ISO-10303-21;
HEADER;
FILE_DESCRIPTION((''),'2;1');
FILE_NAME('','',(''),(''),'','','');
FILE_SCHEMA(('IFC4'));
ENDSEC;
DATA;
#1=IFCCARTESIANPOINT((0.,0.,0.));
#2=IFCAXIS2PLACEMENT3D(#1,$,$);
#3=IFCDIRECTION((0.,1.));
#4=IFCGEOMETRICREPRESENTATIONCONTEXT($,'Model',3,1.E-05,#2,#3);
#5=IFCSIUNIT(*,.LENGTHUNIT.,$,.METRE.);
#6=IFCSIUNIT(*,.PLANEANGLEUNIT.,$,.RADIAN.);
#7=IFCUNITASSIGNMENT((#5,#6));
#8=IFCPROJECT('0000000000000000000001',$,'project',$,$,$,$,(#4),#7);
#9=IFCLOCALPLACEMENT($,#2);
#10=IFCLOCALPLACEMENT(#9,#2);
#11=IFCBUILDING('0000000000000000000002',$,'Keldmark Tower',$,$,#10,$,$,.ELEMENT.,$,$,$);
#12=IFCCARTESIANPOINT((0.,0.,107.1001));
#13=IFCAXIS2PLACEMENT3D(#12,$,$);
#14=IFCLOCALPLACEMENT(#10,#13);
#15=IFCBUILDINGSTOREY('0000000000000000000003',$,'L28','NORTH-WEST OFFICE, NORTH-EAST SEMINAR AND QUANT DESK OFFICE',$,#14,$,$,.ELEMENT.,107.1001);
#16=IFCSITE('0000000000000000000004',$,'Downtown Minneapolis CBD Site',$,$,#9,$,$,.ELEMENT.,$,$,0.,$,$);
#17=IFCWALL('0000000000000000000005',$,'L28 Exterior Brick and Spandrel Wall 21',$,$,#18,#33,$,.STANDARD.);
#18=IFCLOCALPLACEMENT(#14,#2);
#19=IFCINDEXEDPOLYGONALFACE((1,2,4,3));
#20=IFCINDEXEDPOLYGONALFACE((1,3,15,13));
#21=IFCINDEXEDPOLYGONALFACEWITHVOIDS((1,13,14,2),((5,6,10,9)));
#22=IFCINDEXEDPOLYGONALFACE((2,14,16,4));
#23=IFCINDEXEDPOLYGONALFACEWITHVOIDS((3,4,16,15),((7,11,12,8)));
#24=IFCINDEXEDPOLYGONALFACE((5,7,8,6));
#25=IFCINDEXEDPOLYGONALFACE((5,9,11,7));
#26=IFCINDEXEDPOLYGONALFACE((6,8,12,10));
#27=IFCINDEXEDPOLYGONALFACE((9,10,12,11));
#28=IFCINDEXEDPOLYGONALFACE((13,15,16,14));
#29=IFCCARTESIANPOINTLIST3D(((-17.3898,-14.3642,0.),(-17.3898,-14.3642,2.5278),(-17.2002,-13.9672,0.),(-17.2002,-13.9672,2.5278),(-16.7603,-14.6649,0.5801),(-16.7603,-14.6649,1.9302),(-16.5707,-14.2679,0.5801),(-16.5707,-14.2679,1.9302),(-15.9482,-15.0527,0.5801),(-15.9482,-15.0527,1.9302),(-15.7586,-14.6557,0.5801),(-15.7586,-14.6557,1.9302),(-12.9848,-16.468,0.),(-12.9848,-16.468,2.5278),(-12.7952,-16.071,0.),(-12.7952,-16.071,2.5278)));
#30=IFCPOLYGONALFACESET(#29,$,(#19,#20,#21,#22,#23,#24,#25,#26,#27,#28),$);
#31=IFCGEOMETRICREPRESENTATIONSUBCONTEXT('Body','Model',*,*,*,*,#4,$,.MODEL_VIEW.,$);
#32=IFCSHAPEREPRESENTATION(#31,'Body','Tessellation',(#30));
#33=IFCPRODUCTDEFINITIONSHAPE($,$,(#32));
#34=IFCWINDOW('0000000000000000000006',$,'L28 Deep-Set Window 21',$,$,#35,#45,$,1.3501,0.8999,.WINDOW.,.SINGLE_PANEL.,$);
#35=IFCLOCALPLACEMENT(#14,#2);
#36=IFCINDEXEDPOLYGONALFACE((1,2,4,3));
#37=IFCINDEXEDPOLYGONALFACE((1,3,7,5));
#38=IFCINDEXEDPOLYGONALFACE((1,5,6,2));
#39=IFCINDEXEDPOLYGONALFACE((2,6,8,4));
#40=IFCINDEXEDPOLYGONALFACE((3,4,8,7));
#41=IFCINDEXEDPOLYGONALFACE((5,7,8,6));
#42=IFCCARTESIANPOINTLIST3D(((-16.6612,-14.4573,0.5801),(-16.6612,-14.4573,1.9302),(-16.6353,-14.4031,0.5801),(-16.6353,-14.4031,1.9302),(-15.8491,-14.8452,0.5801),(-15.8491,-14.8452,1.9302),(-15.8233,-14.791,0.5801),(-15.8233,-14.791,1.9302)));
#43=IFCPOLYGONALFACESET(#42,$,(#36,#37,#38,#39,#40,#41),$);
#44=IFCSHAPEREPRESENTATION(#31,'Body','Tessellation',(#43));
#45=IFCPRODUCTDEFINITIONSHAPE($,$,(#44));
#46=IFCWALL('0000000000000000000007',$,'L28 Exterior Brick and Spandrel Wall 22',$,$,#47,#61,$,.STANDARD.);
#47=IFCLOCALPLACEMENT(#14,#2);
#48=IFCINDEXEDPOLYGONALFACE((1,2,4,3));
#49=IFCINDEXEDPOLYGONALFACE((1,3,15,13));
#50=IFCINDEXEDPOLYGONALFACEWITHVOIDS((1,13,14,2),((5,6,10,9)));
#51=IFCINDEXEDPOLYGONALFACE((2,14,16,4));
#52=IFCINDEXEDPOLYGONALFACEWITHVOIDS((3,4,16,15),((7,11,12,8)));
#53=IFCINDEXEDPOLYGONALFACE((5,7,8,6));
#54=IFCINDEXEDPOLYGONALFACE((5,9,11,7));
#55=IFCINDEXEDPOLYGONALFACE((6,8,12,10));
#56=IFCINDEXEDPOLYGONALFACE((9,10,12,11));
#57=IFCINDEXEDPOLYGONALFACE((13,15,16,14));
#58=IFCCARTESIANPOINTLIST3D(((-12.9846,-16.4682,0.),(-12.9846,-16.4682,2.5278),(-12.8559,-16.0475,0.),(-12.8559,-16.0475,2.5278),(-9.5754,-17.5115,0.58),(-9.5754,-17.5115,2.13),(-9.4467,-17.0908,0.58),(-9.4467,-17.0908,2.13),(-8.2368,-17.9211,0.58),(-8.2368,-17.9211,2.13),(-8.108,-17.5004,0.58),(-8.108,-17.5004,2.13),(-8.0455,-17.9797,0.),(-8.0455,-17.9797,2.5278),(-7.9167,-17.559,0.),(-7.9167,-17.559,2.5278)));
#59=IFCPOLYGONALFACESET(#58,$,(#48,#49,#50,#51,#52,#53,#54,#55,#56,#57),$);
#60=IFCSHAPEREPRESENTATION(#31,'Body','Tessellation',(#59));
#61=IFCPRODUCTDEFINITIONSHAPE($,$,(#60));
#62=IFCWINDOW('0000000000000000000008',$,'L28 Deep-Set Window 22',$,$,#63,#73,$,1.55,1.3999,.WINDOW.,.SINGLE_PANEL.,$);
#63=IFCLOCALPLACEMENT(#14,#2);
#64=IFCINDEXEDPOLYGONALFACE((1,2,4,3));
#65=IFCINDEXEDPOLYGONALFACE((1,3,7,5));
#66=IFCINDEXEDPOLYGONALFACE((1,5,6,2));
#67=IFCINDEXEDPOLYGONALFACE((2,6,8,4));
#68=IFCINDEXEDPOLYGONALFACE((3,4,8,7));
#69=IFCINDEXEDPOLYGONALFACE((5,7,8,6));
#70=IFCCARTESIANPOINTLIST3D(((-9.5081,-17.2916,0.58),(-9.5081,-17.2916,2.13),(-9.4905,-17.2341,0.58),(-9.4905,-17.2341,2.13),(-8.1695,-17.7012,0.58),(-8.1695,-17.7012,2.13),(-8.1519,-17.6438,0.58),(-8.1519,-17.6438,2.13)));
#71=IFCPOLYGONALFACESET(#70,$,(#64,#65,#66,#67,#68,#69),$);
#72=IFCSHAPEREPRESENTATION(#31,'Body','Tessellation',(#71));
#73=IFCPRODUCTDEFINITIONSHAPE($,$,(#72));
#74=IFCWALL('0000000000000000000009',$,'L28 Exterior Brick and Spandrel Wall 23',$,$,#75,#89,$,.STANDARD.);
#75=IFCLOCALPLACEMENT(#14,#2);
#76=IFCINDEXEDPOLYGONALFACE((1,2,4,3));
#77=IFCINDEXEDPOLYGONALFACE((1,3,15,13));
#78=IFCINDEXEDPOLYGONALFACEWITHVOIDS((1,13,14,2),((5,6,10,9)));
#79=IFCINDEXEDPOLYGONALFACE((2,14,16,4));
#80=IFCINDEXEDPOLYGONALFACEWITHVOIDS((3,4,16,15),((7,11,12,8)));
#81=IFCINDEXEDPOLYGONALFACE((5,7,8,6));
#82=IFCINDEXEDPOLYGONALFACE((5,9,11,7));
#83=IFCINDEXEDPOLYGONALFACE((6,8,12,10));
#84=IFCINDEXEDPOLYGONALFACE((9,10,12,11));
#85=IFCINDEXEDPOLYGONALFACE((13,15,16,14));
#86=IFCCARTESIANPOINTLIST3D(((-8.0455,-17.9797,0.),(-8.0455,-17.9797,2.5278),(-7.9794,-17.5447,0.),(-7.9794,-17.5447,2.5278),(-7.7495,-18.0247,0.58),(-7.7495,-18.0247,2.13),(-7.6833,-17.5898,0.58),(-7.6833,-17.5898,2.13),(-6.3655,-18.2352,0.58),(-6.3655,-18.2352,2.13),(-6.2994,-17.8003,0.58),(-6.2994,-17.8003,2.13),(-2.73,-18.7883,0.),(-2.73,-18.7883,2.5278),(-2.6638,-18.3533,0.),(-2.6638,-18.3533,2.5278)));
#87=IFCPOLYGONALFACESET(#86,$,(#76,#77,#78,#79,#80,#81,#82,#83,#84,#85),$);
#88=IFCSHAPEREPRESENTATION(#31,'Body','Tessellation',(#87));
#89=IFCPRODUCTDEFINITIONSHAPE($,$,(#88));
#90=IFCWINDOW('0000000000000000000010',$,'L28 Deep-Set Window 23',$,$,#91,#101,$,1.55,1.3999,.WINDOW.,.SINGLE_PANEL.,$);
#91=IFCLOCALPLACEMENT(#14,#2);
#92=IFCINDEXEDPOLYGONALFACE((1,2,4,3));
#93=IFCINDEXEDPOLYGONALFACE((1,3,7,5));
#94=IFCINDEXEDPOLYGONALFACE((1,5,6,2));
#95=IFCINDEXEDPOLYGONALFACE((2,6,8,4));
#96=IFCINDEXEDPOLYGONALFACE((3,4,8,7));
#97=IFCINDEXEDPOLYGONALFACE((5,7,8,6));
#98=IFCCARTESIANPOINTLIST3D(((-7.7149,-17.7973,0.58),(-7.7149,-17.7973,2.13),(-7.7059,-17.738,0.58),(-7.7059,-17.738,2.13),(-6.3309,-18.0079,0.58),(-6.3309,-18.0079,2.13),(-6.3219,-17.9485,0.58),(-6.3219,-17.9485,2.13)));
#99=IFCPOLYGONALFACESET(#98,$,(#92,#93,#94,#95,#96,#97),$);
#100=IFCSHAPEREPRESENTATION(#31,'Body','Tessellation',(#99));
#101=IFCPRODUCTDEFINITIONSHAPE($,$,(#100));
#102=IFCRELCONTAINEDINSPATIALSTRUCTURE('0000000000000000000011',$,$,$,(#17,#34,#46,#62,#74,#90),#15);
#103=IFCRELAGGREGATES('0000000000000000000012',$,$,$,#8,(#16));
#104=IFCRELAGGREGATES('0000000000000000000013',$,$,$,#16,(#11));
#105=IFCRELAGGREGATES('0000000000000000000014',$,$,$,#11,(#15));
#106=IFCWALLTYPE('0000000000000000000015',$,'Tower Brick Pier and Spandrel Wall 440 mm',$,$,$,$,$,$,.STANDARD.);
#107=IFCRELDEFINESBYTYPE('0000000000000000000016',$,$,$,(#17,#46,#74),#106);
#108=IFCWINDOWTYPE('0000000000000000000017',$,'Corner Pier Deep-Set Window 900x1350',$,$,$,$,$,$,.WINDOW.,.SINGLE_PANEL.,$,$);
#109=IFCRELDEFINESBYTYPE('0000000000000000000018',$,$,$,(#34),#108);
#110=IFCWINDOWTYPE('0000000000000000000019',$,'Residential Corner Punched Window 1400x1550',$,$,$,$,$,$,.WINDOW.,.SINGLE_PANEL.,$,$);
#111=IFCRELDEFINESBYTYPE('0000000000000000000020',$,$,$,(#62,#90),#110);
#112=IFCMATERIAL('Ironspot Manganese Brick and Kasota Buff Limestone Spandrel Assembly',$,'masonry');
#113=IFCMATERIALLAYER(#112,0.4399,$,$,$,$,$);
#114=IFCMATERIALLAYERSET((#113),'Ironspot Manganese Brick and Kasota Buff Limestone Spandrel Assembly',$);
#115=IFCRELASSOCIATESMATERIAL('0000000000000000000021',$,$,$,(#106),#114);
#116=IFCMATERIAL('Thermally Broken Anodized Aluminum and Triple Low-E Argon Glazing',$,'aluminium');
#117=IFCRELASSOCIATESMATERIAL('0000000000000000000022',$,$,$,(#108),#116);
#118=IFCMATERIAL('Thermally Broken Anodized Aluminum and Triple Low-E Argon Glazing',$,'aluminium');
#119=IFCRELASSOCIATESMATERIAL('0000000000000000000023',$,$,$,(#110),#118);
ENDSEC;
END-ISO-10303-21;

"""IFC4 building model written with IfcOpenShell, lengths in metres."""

from ifc_helpers import new_model, si_unit, direction, frame, frame_2d, origin, place, context, subcontext, project, spatial, rectangle, extrude, material, layer, layer_set, type_object, element, fill, save


model = new_model("IFC4")

# Units and contexts
model_context = context("Model", 3, precision=1e-05, world=origin(), true_north=direction((0.0, 1.0)))
body_context = subcontext(model_context, "Body", "Model", "MODEL_VIEW")
ifc_project = project(units=[si_unit("LENGTHUNIT", "METRE"), si_unit("PLANEANGLEUNIT", "RADIAN")], contexts=[model_context])

# Site, building, storey
site_placement = place(None, origin())
site = spatial("IfcSite", under=ifc_project, at=site_placement, Name="Downtown Minneapolis CBD Site", CompositionType="ELEMENT", RefElevation=0.0)
building_placement = place(site_placement, origin())
building = spatial("IfcBuilding", under=site, at=building_placement, Name="Keldmark Tower", CompositionType="ELEMENT")
storey_placement = place(building_placement, frame((0.0, 0.0, 107.1001)))
storey = spatial("IfcBuildingStorey", under=building, at=storey_placement, Name="L28", Description="NORTH-WEST OFFICE, NORTH-EAST SEMINAR AND QUANT DESK OFFICE", CompositionType="ELEMENT", Elevation=107.1001)

# Walls, openings, windows
ifc_material_1 = material(Name="Ironspot Manganese Brick and Kasota Buff Limestone Spandrel Assembly", Category="masonry")
ifc_layer_1 = layer(ifc_material_1, 0.4399)
ifc_layer_set_1 = layer_set([ifc_layer_1], Name="Ironspot Manganese Brick and Kasota Buff Limestone Spandrel Assembly")
wall_type_1 = type_object("IfcWallType", Name="Tower Brick Pier and Spandrel Wall 440 mm", PredefinedType="STANDARD", material=ifc_layer_set_1)
wall_1_placement = place(storey_placement, frame((-12.8899, -16.2695, 0.0), z_axis=(0.0, 0.0, 1.0), x_axis=(-0.902373, 0.430956, 0.0)))
wall_1 = element("IfcWall", 1, at=wall_1_placement, inside=storey, type_object=wall_type_1, Name="L28 Exterior Brick and Spandrel Wall 21", PredefinedType="STANDARD", context=body_context, shape_type="SweptSolid", body=[
    extrude(rectangle(XDim=4.8816, YDim=0.4399, at=frame_2d((2.4409, 0.0))), origin(), (0.0, 0.0, 1.0), 2.5278),
])
opening_1_placement = place(wall_1_placement, frame((3.2842, 0.0, 0.5801)))
opening_1 = element("IfcOpeningElement", 2, at=opening_1_placement, cuts=wall_1, PredefinedType="OPENING", context=body_context, shape_type="SweptSolid", body=[
    extrude(rectangle(XDim=0.8999, YDim=1.3501, at=frame_2d((0.45, 0.675))), frame((0.0, 0.23, 0.0), z_axis=(0.0, -1.0, 0.0), x_axis=(1.0, 0.0, 0.0)), (0.0, 0.0, 1.0), 0.46),
])
ifc_material_2 = material(Name="Thermally Broken Anodized Aluminum and Triple Low-E Argon Glazing", Category="aluminium")
window_type_1 = type_object("IfcWindowType", Name="Corner Pier Deep-Set Window 900x1350", PartitioningType="SINGLE_PANEL", PredefinedType="WINDOW", material=ifc_material_2)
window_1_placement = place(opening_1_placement, origin())
window_1 = element("IfcWindow", 3, at=window_1_placement, inside=storey, type_object=window_type_1, Name="L28 Deep-Set Window 21", OverallHeight=1.3501, OverallWidth=0.8999, PartitioningType="SINGLE_PANEL", PredefinedType="WINDOW", context=body_context, shape_type="SweptSolid", body=[
    extrude(rectangle(XDim=0.8999, YDim=1.3501, at=frame_2d((0.45, 0.675))), frame((0.0, -0.01, 0.0), z_axis=(0.0, -1.0, 0.0), x_axis=(1.0, 0.0, 0.0)), (0.0, 0.0, 1.0), 0.0601),
])
fill(opening_1, window_1)
wall_2_placement = place(storey_placement, frame((-7.9812, -17.7693, 0.0), z_axis=(0.0, 0.0, 1.0), x_axis=(-0.956229, 0.292621, 0.0)))
wall_2 = element("IfcWall", 4, at=wall_2_placement, inside=storey, type_object=wall_type_1, Name="L28 Exterior Brick and Spandrel Wall 22", PredefinedType="STANDARD", context=body_context, shape_type="SweptSolid", body=[
    extrude(rectangle(XDim=5.1653, YDim=0.4399, at=frame_2d((2.5825, 0.0))), origin(), (0.0, 0.0, 1.0), 2.5278),
])
opening_2_placement = place(wall_2_placement, frame((0.2, 0.0, 0.5801)))
opening_2 = element("IfcOpeningElement", 5, at=opening_2_placement, cuts=wall_2, PredefinedType="OPENING", context=body_context, shape_type="SweptSolid", body=[
    extrude(rectangle(XDim=1.3999, YDim=1.55, at=frame_2d((0.7, 0.7749))), frame((0.0, 0.23, 0.0), z_axis=(0.0, -1.0, 0.0), x_axis=(1.0, 0.0, 0.0)), (0.0, 0.0, 1.0), 0.46),
])
ifc_material_3 = material(Name="Thermally Broken Anodized Aluminum and Triple Low-E Argon Glazing", Category="aluminium")
window_type_2 = type_object("IfcWindowType", Name="Residential Corner Punched Window 1400x1550", PartitioningType="SINGLE_PANEL", PredefinedType="WINDOW", material=ifc_material_3)
window_2_placement = place(opening_2_placement, origin())
window_2 = element("IfcWindow", 6, at=window_2_placement, inside=storey, type_object=window_type_2, Name="L28 Deep-Set Window 22", OverallHeight=1.55, OverallWidth=1.3999, PartitioningType="SINGLE_PANEL", PredefinedType="WINDOW", context=body_context, shape_type="SweptSolid", body=[
    extrude(rectangle(XDim=1.3999, YDim=1.55, at=frame_2d((0.7, 0.7749))), frame((0.0, -0.01, 0.0), z_axis=(0.0, -1.0, 0.0), x_axis=(1.0, 0.0, 0.0)), (0.0, 0.0, 1.0), 0.0601),
])
fill(opening_2, window_2)
wall_3_placement = place(storey_placement, frame((-2.6968, -18.5708, 0.0), z_axis=(0.0, 0.0, 1.0), x_axis=(-0.988627, 0.150385, 0.0)))
wall_3 = element("IfcWall", 7, at=wall_3_placement, inside=storey, type_object=wall_type_1, Name="L28 Exterior Brick and Spandrel Wall 23", PredefinedType="STANDARD", context=body_context, shape_type="SweptSolid", body=[
    extrude(rectangle(XDim=5.3767, YDim=0.4399, at=frame_2d((2.6885, 0.0))), origin(), (0.0, 0.0, 1.0), 2.5278),
])
opening_3_placement = place(wall_3_placement, frame((3.6775, 0.0, 0.5801)))
opening_3 = element("IfcOpeningElement", 8, at=opening_3_placement, cuts=wall_3, PredefinedType="OPENING", context=body_context, shape_type="SweptSolid", body=[
    extrude(rectangle(XDim=1.3999, YDim=1.55, at=frame_2d((0.7, 0.7749))), frame((0.0, 0.23, 0.0), z_axis=(0.0, -1.0, 0.0), x_axis=(1.0, 0.0, 0.0)), (0.0, 0.0, 1.0), 0.46),
])
window_3_placement = place(opening_3_placement, origin())
window_3 = element("IfcWindow", 9, at=window_3_placement, inside=storey, type_object=window_type_2, Name="L28 Deep-Set Window 23", OverallHeight=1.55, OverallWidth=1.3999, PartitioningType="SINGLE_PANEL", PredefinedType="WINDOW", context=body_context, shape_type="SweptSolid", body=[
    extrude(rectangle(XDim=1.3999, YDim=1.55, at=frame_2d((0.7, 0.7749))), frame((0.0, -0.01, 0.0), z_axis=(0.0, -1.0, 0.0), x_axis=(1.0, 0.0, 0.0)), (0.0, 0.0, 1.0), 0.0601),
])
fill(opening_3, window_3)

save(model, "model.ifc")
